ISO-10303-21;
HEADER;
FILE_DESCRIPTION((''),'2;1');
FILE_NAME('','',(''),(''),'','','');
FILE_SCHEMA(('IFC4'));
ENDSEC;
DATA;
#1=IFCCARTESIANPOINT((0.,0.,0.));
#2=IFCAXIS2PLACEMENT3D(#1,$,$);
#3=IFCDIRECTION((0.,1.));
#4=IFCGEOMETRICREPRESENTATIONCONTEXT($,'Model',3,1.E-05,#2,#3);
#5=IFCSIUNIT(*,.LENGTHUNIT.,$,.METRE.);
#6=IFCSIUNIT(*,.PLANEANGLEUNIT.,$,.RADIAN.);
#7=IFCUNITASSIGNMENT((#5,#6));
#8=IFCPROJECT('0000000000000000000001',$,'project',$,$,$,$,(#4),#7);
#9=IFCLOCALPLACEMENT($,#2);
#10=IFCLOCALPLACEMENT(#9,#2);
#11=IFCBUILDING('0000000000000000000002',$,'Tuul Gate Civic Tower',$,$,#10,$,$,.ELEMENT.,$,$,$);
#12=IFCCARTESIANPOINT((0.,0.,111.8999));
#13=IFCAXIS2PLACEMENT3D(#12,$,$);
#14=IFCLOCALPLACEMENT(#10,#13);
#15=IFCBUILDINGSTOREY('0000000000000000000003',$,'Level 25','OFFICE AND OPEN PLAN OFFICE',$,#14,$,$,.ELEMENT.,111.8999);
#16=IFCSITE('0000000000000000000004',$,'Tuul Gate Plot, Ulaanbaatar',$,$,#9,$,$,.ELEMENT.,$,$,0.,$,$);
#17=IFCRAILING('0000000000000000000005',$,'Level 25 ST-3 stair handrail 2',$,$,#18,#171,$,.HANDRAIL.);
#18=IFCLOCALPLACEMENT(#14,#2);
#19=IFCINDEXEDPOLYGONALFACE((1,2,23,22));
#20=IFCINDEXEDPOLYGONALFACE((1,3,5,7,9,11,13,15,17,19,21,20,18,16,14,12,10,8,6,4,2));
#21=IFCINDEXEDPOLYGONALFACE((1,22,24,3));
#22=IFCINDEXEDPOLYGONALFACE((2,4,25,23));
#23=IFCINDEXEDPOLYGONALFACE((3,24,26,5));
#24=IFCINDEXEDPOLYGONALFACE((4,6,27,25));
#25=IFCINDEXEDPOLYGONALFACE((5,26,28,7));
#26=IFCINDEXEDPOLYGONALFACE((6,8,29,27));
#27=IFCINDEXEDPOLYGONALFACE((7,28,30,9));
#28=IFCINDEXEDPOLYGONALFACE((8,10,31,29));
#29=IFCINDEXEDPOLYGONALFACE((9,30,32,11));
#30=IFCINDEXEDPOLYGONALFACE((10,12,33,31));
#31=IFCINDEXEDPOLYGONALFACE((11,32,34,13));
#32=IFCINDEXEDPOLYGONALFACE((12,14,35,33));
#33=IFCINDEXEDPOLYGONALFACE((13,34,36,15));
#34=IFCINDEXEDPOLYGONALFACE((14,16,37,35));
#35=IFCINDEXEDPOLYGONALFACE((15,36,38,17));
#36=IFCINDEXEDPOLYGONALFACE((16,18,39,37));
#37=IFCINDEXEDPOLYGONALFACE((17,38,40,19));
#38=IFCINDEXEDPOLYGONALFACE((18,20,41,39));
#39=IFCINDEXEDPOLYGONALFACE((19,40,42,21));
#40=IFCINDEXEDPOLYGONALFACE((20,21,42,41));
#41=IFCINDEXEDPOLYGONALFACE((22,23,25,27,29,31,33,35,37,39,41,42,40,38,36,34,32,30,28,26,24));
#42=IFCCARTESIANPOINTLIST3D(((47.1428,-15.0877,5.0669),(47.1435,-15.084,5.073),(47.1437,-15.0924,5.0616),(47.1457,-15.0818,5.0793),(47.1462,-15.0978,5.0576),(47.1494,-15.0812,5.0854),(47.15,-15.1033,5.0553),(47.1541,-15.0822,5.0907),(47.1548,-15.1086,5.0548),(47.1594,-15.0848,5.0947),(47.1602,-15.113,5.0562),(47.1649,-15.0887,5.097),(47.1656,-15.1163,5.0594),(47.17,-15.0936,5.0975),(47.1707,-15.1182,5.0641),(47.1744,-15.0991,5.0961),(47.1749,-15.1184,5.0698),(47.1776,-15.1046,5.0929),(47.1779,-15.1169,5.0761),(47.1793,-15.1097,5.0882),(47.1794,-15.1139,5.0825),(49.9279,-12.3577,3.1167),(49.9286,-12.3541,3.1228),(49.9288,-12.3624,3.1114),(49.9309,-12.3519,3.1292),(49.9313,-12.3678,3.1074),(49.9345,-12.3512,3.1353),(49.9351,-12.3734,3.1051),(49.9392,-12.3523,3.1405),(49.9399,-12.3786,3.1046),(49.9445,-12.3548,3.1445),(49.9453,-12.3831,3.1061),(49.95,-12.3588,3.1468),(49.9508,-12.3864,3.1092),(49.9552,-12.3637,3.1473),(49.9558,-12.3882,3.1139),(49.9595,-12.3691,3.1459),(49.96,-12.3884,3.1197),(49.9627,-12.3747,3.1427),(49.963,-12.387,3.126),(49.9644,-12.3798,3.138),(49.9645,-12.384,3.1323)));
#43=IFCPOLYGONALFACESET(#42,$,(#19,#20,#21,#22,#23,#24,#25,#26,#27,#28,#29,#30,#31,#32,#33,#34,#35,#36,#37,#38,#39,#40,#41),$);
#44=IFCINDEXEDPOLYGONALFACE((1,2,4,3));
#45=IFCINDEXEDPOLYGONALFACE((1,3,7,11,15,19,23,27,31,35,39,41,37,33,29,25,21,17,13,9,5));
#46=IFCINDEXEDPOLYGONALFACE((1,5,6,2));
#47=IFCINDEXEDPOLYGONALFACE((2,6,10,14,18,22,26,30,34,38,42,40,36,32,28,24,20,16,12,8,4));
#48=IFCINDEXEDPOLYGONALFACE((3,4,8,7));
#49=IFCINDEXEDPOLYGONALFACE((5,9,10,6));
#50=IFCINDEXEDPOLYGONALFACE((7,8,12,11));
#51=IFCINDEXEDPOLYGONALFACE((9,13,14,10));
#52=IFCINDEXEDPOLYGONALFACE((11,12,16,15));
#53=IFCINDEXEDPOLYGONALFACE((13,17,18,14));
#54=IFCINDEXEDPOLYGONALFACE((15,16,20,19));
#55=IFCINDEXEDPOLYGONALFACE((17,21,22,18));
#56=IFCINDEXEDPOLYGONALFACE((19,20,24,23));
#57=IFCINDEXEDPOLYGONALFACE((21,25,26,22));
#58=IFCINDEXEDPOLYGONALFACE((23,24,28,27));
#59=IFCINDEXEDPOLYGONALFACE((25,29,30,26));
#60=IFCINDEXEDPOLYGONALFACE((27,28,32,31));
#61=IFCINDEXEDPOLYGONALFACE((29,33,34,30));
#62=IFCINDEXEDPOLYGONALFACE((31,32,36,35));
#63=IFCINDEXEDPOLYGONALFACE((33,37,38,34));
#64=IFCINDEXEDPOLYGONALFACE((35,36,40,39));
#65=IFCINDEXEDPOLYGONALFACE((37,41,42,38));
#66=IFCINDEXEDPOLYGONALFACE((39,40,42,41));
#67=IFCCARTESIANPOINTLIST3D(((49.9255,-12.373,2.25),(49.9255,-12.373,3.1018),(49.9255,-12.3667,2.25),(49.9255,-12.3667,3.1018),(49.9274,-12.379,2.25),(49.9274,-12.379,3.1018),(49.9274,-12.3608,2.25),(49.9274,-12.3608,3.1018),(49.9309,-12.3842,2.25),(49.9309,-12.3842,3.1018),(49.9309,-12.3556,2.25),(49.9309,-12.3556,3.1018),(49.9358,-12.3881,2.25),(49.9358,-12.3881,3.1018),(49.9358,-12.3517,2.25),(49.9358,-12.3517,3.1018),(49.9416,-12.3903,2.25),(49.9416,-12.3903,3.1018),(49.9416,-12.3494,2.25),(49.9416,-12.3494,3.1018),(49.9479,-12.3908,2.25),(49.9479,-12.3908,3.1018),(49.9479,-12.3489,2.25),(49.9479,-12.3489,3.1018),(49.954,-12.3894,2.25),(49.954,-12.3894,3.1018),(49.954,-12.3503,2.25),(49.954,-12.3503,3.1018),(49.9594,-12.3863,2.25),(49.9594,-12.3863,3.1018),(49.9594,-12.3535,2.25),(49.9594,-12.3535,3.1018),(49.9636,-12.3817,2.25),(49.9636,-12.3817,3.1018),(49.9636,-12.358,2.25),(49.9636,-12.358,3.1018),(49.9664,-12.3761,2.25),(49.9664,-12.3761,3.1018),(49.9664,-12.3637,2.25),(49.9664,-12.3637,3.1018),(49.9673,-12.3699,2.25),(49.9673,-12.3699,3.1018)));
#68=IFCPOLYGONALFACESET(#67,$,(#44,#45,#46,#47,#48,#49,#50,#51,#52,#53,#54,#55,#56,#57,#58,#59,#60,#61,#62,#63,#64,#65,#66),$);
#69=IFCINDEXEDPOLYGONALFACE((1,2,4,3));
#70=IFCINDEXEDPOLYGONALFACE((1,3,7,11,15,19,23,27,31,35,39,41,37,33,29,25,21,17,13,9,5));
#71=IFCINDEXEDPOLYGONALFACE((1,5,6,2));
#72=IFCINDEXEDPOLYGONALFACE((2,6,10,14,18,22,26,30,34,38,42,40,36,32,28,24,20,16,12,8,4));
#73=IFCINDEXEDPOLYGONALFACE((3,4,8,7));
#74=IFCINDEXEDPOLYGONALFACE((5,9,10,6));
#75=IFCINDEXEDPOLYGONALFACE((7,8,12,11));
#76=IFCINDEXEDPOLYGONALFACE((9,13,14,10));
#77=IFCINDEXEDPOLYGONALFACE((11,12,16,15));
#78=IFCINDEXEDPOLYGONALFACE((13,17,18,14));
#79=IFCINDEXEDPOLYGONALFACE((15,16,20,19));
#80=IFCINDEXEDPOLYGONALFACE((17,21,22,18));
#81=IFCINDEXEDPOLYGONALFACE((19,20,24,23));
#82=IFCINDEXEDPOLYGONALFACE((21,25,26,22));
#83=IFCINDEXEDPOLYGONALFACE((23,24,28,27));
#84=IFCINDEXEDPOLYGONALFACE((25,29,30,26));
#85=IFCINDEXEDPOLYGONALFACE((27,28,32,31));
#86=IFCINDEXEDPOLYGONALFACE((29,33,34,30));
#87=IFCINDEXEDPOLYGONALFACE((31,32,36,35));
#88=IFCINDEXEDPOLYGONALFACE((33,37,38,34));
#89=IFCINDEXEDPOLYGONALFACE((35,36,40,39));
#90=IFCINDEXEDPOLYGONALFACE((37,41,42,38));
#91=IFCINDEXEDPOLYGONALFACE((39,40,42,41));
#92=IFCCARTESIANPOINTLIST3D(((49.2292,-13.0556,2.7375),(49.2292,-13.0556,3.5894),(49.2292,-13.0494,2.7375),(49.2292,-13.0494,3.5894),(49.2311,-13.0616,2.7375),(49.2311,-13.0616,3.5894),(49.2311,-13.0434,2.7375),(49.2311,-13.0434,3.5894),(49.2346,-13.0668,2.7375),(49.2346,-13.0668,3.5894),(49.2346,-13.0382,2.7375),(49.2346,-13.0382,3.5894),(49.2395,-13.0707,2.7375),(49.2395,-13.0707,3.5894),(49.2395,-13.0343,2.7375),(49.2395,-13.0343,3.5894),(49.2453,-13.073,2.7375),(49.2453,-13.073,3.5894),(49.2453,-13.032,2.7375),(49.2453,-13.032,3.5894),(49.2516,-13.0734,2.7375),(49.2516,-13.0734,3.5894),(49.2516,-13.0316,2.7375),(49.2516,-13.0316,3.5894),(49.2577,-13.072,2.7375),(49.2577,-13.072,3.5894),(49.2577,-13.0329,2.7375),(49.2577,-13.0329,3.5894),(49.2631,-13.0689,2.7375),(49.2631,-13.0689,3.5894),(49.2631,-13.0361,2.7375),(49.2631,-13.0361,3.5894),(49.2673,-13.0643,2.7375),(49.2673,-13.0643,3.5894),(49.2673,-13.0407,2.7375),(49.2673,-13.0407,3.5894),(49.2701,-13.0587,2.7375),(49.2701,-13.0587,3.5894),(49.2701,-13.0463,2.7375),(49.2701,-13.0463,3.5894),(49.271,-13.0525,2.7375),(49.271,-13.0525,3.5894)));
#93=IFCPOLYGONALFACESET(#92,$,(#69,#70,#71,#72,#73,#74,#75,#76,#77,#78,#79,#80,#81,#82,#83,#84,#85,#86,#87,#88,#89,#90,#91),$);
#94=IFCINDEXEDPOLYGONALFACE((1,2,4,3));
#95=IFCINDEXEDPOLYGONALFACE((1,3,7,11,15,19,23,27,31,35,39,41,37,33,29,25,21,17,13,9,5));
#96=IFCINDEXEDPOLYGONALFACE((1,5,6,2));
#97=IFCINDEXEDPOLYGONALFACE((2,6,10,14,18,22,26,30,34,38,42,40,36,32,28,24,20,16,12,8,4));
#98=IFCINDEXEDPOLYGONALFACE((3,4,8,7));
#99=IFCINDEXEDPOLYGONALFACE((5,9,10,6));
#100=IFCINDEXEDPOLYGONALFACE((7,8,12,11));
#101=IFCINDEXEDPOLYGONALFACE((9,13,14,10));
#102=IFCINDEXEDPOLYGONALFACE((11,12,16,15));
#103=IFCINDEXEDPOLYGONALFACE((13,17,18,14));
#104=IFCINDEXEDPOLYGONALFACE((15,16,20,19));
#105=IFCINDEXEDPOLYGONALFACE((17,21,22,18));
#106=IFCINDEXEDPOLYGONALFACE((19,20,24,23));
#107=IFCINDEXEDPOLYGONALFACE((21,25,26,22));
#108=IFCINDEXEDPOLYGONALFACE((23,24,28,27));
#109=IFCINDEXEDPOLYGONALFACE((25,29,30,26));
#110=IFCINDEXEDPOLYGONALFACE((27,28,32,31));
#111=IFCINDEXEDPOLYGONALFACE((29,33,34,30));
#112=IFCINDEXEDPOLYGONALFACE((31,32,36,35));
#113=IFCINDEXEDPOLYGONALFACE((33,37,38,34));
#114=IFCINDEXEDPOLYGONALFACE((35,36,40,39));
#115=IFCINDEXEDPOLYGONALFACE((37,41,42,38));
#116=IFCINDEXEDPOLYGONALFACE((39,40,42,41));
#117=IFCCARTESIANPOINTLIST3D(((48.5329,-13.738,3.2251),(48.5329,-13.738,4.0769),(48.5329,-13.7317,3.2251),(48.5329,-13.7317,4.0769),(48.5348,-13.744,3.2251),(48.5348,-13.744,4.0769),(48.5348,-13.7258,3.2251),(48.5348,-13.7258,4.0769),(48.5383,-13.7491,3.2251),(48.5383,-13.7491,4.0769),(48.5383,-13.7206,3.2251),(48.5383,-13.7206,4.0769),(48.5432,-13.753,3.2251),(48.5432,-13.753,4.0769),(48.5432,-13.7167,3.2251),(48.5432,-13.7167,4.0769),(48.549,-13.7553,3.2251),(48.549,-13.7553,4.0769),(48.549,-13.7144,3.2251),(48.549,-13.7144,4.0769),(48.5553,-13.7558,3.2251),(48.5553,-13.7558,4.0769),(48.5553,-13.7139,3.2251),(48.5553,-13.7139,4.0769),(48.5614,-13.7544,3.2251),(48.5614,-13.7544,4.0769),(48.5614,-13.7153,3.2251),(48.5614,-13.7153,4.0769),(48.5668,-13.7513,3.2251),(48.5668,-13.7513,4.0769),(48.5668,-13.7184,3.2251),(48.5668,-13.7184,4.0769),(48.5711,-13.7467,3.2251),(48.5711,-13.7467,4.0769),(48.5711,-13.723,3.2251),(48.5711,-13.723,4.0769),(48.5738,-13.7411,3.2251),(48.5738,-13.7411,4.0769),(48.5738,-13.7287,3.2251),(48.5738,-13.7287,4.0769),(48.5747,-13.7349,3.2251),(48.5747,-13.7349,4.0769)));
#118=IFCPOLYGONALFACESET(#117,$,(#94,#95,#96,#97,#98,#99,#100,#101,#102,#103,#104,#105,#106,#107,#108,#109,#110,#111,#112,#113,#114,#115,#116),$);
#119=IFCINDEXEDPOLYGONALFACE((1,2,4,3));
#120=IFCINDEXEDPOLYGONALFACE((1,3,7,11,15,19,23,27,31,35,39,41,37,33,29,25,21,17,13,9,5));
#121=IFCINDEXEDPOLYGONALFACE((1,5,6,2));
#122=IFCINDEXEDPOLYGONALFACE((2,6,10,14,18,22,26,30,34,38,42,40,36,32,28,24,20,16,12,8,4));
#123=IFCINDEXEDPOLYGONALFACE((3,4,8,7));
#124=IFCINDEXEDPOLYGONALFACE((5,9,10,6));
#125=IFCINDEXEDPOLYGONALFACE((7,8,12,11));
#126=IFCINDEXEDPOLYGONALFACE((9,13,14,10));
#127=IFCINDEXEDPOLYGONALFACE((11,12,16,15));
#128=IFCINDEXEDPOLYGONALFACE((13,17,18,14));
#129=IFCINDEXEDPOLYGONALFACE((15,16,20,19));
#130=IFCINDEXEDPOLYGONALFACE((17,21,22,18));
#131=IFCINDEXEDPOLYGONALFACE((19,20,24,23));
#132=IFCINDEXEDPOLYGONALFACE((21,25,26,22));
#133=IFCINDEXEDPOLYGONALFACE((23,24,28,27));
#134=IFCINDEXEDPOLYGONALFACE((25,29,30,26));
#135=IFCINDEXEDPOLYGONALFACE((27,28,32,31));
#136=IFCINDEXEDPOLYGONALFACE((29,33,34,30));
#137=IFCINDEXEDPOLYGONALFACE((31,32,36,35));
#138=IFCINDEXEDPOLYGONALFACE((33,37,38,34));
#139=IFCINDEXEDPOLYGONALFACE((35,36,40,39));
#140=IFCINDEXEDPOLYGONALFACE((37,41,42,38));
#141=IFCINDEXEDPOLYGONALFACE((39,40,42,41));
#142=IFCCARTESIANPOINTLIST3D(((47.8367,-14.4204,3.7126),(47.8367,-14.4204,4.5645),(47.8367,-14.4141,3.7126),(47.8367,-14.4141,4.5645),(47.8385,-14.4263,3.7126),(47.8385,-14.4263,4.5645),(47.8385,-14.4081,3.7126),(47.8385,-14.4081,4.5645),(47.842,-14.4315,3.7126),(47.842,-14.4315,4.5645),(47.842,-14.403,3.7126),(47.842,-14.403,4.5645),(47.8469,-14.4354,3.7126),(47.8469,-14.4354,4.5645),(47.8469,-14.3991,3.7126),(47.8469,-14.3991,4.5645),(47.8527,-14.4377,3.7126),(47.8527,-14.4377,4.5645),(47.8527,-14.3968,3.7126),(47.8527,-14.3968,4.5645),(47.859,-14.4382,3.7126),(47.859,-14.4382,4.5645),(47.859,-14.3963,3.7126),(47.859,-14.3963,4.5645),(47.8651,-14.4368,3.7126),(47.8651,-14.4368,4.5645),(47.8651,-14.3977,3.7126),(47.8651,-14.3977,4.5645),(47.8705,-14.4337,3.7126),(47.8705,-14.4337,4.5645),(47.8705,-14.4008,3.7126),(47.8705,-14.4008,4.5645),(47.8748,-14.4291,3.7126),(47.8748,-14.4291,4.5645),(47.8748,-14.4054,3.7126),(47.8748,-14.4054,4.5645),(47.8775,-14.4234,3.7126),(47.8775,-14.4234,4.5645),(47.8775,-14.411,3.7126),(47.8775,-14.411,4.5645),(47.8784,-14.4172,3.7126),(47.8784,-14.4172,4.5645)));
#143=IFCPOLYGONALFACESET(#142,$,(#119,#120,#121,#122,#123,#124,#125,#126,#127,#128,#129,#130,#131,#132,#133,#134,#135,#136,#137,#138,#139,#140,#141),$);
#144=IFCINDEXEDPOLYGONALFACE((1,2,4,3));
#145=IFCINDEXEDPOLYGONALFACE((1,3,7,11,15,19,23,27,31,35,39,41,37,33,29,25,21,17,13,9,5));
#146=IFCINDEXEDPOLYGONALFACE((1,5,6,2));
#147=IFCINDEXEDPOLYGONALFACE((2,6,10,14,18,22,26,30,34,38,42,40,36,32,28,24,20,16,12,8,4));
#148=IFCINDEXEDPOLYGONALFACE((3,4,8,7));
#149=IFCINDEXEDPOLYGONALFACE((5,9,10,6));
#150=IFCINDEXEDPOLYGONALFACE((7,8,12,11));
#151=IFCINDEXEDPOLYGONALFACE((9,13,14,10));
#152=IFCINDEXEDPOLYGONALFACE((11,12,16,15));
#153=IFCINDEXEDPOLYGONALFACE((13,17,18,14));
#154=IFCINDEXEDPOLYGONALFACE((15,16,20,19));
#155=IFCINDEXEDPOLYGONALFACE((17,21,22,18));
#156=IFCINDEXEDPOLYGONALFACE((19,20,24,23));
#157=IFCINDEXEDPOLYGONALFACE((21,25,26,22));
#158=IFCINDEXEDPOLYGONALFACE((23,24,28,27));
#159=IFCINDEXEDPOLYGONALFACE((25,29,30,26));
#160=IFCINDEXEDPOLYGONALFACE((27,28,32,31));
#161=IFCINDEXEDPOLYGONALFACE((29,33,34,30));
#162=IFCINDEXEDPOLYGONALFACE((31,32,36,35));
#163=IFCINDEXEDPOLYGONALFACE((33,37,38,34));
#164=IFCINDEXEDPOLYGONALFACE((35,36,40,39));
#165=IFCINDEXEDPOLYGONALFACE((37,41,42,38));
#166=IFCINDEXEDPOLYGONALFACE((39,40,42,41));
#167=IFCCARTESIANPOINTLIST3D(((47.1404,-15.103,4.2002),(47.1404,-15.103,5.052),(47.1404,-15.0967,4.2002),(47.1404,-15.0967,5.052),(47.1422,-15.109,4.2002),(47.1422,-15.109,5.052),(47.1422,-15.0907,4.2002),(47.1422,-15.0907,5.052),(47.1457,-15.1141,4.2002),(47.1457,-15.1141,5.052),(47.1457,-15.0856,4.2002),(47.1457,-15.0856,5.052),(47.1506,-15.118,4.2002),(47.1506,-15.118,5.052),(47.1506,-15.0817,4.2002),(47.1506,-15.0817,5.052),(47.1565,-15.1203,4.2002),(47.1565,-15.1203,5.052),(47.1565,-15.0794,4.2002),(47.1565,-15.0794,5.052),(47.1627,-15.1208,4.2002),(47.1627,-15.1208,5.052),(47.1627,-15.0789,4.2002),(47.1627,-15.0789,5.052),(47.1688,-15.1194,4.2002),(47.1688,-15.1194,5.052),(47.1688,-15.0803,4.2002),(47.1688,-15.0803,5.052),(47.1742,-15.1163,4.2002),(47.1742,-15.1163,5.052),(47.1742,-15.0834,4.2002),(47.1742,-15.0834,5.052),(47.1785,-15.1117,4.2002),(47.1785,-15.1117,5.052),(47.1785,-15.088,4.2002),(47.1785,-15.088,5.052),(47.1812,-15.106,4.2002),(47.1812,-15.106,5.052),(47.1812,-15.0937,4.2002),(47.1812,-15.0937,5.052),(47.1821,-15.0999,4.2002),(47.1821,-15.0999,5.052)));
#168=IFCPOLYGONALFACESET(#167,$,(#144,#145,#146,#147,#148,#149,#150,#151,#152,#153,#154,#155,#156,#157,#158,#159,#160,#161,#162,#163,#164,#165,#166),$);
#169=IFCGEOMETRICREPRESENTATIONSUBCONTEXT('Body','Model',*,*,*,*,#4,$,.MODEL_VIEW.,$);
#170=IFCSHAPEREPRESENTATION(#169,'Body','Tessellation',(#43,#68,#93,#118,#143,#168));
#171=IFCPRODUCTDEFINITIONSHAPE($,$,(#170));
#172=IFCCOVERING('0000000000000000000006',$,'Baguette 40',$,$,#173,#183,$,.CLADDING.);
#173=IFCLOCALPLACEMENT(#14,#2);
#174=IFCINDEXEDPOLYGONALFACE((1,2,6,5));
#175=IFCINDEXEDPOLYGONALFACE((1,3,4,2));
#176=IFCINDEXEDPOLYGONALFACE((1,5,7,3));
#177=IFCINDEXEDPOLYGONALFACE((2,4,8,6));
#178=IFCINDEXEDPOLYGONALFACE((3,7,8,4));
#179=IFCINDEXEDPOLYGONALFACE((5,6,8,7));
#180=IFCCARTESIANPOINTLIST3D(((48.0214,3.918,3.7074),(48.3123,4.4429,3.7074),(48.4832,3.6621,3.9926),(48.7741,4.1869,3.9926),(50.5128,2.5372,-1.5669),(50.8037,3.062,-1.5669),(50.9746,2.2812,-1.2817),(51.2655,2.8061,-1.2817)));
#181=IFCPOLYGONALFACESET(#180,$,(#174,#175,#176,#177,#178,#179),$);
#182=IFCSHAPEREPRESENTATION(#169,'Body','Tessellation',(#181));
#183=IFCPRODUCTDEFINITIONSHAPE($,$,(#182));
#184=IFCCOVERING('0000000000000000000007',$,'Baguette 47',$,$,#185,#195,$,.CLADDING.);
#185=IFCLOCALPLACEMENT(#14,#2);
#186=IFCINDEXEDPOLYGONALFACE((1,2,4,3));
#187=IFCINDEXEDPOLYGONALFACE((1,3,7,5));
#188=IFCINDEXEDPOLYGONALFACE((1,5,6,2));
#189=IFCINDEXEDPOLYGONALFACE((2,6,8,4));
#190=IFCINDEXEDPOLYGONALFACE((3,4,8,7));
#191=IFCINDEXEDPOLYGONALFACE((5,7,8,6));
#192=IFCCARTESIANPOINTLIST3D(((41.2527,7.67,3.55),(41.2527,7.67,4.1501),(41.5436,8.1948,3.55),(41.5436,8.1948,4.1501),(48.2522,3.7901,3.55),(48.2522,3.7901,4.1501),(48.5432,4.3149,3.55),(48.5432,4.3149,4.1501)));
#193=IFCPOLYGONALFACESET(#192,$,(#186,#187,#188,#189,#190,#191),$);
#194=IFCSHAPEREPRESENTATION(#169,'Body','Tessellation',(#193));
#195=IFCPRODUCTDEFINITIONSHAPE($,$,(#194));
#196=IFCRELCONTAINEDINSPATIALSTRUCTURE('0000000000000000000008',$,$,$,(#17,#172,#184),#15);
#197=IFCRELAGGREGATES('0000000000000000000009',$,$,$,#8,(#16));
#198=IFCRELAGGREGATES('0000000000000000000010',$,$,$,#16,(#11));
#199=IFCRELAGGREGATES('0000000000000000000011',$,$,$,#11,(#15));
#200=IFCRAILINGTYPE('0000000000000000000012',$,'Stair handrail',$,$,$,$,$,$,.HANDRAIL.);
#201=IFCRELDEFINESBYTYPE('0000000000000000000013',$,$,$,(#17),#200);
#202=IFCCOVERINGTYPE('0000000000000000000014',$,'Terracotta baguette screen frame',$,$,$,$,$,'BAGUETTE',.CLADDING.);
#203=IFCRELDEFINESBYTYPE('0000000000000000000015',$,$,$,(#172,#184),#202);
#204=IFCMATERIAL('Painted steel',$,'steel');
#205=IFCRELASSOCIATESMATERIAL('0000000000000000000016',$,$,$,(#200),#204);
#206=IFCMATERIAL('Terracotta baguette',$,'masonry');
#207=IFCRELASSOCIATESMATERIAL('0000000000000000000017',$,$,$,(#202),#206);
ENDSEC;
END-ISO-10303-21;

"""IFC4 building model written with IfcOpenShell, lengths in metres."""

from ifc_helpers import new_model, si_unit, direction, frame, origin, origin_2d, place, context, subcontext, project, spatial, rectangle, circle, extrude, material, material_profile, profile_set, type_object, element, save


model = new_model("IFC4")

# Units and contexts
model_context = context("Model", 3, precision=1e-05, world=origin(), true_north=direction((0.0, 1.0)))
body_context = subcontext(model_context, "Body", "Model", "MODEL_VIEW")
ifc_project = project(units=[si_unit("LENGTHUNIT", "METRE"), si_unit("PLANEANGLEUNIT", "RADIAN")], contexts=[model_context])

# Site, building, storey
site_placement = place(None, origin())
site = spatial("IfcSite", under=ifc_project, at=site_placement, Name="Tuul Gate Plot, Ulaanbaatar", CompositionType="ELEMENT", RefElevation=0.0)
building_placement = place(site_placement, origin())
building = spatial("IfcBuilding", under=site, at=building_placement, Name="Tuul Gate Civic Tower", CompositionType="ELEMENT")
storey_placement = place(building_placement, frame((0.0, 0.0, 111.8999)))
storey = spatial("IfcBuildingStorey", under=building, at=storey_placement, Name="Level 25", Description="OFFICE AND OPEN PLAN OFFICE", CompositionType="ELEMENT", Elevation=111.8999)

# Railing
ifc_material_1 = material(Name="Painted steel", Category="steel")
railing_type_1 = type_object("IfcRailingType", Name="Stair handrail", PredefinedType="HANDRAIL", material=ifc_material_1)
railing_1_placement = place(storey_placement, frame((49.9463, -12.3699, 2.25)))
element("IfcRailing", 1, at=railing_1_placement, inside=storey, type_object=railing_type_1, Name="Level 25 ST-3 stair handrail 2", PredefinedType="HANDRAIL", context=body_context, shape_type="SweptSolid", body=[
    extrude(circle(Radius=0.0239, at=origin_2d()), frame((0.0, 0.0, 0.876), z_axis=(-0.638738, -0.626084, 0.447251), x_axis=(0.699998, -0.714145, 0.0)), (0.0, 0.0, 1.0), 4.3604),
    extrude(circle(Radius=0.021, at=origin_2d()), origin(), (0.0, 0.0, 1.0), 0.8518),
    extrude(circle(Radius=0.021, at=origin_2d()), frame((-0.6963, -0.6826, 0.4875)), (0.0, 0.0, 1.0), 0.8518),
    extrude(circle(Radius=0.021, at=origin_2d()), frame((-1.3926, -1.365, 0.9751)), (0.0, 0.0, 1.0), 0.8518),
    extrude(circle(Radius=0.021, at=origin_2d()), frame((-2.0889, -2.0474, 1.4626)), (0.0, 0.0, 1.0), 0.8518),
    extrude(circle(Radius=0.021, at=origin_2d()), frame((-2.7852, -2.73, 1.9502)), (0.0, 0.0, 1.0), 0.8518),
])

# Coverings
ifc_material_2 = material(Name="Terracotta baguette", Category="masonry")
ifc_material_profile_1 = material_profile(ifc_material_2, rectangle(XDim=0.6001, YDim=0.6001, at=origin_2d()), Name="Terracotta baguette screen frame")
ifc_profile_set_1 = profile_set([ifc_material_profile_1], Name="Terracotta baguette")
covering_type = type_object("IfcCoveringType", Name="Terracotta baguette screen frame", ElementType="BAGUETTE", PredefinedType="CLADDING", material=ifc_profile_set_1)
covering_1_placement = place(storey_placement, frame((50.8892, 2.6716, -1.4243), z_axis=(-0.415626, 0.230356, 0.879881), x_axis=(-0.484762, -0.874646, 0.0)))
element("IfcCovering", 2, at=covering_1_placement, inside=storey, type_object=covering_type, Name="Baguette 40", PredefinedType="CLADDING", context=body_context, shape_type="SweptSolid", body=[
    extrude(rectangle(XDim=0.6001, YDim=0.6001, at=origin_2d()), origin(), (0.0, 0.0, 1.0), 5.9944),
])
covering_2_placement = place(storey_placement, frame((48.3977, 4.0525, 3.8501), z_axis=(-0.87462, 0.484809, 0.0), x_axis=(-0.484809, -0.87462, 0.0)))
element("IfcCovering", 3, at=covering_2_placement, inside=storey, type_object=covering_type, Name="Baguette 47", PredefinedType="CLADDING", context=body_context, shape_type="SweptSolid", body=[
    extrude(rectangle(XDim=0.6001, YDim=0.6001, at=origin_2d()), origin(), (0.0, 0.0, 1.0), 8.0029),
])

save(model, "model.ifc")
